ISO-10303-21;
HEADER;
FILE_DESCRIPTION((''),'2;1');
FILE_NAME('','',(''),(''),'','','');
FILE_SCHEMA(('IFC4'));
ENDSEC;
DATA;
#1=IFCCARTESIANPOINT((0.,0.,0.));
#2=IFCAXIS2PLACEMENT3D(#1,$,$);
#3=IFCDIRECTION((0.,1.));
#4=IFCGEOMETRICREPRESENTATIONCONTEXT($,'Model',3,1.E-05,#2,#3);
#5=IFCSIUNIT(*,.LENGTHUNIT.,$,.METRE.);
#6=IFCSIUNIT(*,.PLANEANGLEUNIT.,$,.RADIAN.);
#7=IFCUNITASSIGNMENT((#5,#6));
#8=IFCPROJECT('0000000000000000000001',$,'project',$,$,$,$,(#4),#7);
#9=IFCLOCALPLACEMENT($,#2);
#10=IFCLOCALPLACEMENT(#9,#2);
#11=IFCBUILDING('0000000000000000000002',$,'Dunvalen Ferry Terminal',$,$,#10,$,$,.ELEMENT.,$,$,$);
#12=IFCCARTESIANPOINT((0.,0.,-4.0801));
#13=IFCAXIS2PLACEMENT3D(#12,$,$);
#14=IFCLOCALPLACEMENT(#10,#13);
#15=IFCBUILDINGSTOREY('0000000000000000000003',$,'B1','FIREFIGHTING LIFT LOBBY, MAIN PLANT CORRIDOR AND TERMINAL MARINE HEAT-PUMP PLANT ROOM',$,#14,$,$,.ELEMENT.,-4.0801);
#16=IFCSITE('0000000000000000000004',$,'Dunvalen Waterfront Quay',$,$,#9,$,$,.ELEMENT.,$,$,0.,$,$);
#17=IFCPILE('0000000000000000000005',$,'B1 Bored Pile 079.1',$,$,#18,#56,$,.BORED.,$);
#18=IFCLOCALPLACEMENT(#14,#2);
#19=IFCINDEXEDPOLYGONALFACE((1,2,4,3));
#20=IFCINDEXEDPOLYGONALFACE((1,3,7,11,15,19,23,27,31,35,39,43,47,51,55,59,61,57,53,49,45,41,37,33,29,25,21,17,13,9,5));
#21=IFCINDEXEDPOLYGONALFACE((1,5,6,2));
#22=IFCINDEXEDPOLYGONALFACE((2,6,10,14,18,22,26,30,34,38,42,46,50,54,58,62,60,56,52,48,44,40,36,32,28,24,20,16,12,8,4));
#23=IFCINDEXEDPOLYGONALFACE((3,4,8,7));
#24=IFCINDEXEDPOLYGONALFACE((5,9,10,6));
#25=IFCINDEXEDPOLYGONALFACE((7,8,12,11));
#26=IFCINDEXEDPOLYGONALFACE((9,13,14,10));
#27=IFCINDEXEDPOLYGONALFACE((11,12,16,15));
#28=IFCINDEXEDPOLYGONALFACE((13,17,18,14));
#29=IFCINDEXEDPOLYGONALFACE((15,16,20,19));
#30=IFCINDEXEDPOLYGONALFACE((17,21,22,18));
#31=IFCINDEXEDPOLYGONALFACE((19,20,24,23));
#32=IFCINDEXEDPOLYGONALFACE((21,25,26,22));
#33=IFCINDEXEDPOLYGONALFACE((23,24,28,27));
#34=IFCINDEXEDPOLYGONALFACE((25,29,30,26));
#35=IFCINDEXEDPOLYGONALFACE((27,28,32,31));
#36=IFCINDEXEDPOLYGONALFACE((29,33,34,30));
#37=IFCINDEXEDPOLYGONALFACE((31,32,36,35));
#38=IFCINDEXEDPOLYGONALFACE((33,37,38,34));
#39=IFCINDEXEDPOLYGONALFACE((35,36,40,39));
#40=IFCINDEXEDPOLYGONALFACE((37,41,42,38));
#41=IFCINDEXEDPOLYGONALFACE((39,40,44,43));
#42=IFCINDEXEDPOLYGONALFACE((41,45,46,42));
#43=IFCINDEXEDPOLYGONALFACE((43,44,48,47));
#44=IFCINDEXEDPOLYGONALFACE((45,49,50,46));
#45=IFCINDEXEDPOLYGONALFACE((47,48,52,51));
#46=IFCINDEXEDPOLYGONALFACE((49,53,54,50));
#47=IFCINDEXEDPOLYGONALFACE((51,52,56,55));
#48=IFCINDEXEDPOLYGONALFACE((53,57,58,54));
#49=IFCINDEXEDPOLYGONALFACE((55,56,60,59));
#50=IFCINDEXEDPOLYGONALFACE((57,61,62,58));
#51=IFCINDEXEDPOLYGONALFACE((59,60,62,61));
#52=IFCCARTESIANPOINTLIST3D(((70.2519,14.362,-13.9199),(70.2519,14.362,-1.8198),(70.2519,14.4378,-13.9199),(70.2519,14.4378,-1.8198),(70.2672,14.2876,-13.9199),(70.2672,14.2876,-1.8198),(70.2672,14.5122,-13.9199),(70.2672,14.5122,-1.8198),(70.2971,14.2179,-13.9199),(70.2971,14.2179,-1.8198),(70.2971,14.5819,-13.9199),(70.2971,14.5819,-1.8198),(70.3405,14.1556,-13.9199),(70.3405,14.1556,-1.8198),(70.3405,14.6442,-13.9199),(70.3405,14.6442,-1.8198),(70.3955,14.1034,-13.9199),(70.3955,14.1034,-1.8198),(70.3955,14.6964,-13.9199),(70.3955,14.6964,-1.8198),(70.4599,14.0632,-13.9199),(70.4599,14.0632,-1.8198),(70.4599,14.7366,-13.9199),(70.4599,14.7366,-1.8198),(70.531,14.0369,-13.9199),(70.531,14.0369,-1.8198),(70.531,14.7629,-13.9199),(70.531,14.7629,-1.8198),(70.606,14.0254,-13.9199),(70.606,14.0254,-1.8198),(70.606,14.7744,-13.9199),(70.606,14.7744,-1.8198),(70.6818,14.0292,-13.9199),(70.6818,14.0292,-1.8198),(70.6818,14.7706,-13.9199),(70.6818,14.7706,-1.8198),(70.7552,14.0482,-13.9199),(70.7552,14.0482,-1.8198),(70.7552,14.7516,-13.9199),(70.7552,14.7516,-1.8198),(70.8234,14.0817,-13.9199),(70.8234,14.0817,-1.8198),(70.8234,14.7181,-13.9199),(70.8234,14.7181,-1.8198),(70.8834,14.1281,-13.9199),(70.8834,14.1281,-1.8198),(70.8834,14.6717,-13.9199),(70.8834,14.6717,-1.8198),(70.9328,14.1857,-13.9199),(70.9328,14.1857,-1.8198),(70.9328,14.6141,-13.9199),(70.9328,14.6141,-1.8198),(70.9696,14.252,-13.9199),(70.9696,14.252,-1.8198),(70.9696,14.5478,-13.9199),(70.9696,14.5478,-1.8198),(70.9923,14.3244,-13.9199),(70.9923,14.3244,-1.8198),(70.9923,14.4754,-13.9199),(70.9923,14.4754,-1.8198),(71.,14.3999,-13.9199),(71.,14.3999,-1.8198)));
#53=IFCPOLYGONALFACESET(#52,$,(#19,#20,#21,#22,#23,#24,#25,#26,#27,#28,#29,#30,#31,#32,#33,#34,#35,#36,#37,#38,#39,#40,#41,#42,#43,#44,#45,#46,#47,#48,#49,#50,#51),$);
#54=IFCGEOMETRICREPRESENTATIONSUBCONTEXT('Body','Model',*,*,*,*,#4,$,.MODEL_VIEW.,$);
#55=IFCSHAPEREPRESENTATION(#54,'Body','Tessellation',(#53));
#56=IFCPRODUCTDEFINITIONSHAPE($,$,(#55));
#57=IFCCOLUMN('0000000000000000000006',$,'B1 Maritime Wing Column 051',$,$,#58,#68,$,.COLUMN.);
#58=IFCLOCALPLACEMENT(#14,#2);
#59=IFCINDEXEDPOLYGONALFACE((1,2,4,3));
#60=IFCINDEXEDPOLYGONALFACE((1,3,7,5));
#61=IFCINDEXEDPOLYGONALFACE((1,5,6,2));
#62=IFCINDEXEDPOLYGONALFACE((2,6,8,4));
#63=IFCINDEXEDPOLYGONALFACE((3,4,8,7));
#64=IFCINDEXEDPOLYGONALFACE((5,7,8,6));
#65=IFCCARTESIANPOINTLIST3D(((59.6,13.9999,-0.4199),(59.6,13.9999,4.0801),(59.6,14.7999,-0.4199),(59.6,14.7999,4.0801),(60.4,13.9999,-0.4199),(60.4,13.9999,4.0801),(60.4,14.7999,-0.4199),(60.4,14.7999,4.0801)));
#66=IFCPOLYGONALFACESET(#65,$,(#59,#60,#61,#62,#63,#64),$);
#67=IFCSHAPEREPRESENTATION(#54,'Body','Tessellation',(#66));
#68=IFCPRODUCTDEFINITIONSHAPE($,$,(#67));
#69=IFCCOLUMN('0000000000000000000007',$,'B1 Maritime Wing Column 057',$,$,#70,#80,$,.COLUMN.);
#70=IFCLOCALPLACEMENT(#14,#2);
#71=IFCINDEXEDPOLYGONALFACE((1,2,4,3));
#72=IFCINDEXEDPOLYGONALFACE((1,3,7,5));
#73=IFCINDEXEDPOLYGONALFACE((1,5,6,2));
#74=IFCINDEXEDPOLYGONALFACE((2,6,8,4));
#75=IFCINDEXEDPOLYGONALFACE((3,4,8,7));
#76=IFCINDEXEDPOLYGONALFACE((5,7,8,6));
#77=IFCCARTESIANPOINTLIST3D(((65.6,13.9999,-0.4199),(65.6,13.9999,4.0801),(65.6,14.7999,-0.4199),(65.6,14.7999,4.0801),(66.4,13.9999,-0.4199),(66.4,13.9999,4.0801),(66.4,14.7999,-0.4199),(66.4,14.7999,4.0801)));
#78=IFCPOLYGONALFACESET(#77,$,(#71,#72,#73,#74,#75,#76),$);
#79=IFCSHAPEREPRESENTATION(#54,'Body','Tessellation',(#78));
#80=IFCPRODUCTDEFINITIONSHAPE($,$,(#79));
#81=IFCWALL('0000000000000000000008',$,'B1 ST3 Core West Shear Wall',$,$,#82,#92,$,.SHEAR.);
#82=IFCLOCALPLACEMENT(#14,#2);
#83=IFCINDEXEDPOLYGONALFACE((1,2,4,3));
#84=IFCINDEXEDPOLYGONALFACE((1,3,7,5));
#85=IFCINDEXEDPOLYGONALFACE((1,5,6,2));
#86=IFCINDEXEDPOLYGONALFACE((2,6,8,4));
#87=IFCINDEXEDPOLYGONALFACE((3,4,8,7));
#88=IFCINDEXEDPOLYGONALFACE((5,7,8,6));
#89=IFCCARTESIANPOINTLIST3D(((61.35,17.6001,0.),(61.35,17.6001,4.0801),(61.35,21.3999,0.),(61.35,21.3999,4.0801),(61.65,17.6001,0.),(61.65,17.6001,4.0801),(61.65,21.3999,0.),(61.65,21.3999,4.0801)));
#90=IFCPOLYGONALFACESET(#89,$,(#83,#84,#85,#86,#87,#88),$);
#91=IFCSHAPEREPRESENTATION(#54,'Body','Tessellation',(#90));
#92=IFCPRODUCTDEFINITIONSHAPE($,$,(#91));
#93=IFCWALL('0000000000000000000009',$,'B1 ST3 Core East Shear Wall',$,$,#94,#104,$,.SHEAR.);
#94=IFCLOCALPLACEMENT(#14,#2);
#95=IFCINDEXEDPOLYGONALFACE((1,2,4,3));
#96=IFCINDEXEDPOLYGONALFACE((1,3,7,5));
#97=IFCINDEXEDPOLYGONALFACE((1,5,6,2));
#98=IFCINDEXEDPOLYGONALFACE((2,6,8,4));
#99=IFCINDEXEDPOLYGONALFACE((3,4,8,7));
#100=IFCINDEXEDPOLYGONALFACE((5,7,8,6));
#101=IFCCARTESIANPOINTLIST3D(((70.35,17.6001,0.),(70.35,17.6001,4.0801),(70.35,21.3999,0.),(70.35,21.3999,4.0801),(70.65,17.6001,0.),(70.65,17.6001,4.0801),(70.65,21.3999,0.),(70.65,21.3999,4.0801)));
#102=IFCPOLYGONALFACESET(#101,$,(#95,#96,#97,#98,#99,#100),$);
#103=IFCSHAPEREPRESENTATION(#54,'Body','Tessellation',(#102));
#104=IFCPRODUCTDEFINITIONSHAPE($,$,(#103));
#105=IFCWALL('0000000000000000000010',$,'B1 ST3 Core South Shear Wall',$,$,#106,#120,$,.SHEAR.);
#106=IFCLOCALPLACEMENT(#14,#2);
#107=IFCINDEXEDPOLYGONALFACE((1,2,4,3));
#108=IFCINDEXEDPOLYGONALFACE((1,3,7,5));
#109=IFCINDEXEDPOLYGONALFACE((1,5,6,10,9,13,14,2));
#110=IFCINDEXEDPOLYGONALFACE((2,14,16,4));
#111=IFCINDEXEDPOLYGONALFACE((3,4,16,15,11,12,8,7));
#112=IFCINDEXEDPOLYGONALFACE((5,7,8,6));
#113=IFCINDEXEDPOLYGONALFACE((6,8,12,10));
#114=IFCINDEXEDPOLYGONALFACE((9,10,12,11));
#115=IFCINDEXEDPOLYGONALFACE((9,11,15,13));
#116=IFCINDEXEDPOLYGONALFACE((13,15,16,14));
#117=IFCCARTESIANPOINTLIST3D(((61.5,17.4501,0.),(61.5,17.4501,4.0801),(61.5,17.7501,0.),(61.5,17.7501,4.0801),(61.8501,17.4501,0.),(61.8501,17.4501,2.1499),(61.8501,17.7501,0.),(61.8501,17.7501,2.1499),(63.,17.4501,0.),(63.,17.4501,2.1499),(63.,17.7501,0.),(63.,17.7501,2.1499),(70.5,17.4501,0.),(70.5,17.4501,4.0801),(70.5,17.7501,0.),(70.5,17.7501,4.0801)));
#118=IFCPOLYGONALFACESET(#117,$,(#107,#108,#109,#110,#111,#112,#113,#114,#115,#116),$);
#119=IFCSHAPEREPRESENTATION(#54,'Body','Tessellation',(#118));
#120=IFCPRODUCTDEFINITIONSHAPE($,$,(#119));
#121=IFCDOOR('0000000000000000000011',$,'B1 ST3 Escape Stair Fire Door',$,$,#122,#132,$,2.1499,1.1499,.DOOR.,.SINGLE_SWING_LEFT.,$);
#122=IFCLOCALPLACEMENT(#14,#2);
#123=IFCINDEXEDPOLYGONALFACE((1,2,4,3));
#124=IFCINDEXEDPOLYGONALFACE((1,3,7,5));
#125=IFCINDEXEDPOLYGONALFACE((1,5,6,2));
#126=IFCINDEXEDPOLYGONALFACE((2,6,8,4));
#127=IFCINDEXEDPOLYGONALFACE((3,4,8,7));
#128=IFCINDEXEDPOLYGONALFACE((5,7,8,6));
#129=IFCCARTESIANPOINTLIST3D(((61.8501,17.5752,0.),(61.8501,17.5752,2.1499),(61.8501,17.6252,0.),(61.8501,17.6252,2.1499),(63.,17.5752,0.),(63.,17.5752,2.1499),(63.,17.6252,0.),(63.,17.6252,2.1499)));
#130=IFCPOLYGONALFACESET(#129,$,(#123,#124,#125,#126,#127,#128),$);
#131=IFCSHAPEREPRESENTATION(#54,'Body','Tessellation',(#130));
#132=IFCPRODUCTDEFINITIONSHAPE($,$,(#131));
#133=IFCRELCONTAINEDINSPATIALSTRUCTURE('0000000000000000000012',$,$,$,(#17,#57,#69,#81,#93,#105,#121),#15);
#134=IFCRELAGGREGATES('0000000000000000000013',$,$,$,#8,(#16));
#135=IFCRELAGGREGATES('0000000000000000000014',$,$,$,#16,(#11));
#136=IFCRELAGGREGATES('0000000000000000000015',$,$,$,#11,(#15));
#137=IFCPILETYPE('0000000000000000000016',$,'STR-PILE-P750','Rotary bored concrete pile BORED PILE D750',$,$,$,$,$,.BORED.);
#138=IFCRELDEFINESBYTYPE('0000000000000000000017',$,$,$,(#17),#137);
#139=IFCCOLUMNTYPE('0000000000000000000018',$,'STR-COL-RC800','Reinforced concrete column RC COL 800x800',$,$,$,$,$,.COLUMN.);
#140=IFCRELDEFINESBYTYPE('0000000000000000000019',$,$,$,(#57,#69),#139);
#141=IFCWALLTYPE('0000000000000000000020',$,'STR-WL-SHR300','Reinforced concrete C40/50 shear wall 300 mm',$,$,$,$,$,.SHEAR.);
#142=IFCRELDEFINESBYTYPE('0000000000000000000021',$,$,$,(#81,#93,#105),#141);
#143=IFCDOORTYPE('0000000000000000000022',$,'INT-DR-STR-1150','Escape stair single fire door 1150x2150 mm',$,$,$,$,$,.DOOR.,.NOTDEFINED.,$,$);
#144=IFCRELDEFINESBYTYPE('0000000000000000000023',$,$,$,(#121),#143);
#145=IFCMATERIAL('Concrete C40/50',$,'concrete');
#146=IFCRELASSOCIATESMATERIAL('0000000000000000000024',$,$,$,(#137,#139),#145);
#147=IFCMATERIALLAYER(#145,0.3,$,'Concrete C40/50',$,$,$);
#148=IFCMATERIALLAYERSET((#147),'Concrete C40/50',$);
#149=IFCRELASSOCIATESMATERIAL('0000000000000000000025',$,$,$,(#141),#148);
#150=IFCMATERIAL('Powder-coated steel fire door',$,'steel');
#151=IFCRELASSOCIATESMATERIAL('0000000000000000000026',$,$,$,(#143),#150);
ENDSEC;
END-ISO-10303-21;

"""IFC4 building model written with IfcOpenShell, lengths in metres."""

from ifc_helpers import new_model, si_unit, direction, frame, frame_2d, origin, origin_2d, place, context, subcontext, project, spatial, rectangle, circle, extrude, material, layer, layer_set, material_profile, profile_set, type_object, element, fill, save


model = new_model("IFC4")

# Units and contexts
model_context = context("Model", 3, precision=1e-05, world=origin(), true_north=direction((0.0, 1.0)))
body_context = subcontext(model_context, "Body", "Model", "MODEL_VIEW")
ifc_project = project(units=[si_unit("LENGTHUNIT", "METRE"), si_unit("PLANEANGLEUNIT", "RADIAN")], contexts=[model_context])

# Site, building, storey
site_placement = place(None, origin())
site = spatial("IfcSite", under=ifc_project, at=site_placement, Name="Dunvalen Waterfront Quay", CompositionType="ELEMENT", RefElevation=0.0)
building_placement = place(site_placement, origin())
building = spatial("IfcBuilding", under=site, at=building_placement, Name="Dunvalen Ferry Terminal", CompositionType="ELEMENT")
storey_placement = place(building_placement, frame((0.0, 0.0, -4.0801)))
storey = spatial("IfcBuildingStorey", under=building, at=storey_placement, Name="B1", Description="FIREFIGHTING LIFT LOBBY, MAIN PLANT CORRIDOR AND TERMINAL MARINE HEAT-PUMP PLANT ROOM", CompositionType="ELEMENT", Elevation=-4.0801)

# Shared definitions
ifc_material_1 = material(Name="Concrete C40/50", Category="concrete")

# Pile
ifc_material_profile_1 = material_profile(ifc_material_1, circle(Radius=0.375, at=origin_2d()), Name="Concrete C40/50")
ifc_profile_set_1 = profile_set([ifc_material_profile_1], Name="Concrete C40/50")
pile_type = type_object("IfcPileType", Name="STR-PILE-P750", Description="Rotary bored concrete pile BORED PILE D750", PredefinedType="BORED", material=ifc_profile_set_1)
pile_1_placement = place(storey_placement, frame((70.625, 14.3999, -1.8198), z_axis=(0.0, 0.0, -1.0), x_axis=(1.0, 0.0, 0.0)))
element("IfcPile", 1, at=pile_1_placement, inside=storey, type_object=pile_type, Name="B1 Bored Pile 079.1", PredefinedType="BORED", context=body_context, shape_type="SweptSolid", body=[
    extrude(circle(Radius=0.375, at=origin_2d()), origin(), (0.0, 0.0, 1.0), 12.1001),
])

# Columns
ifc_material_profile_2 = material_profile(ifc_material_1, rectangle(XDim=0.8, YDim=0.8, at=origin_2d()), Name="Concrete C40/50")
ifc_profile_set_2 = profile_set([ifc_material_profile_2], Name="Concrete C40/50")
column_type = type_object("IfcColumnType", Name="STR-COL-RC800", Description="Reinforced concrete column RC COL 800x800", PredefinedType="COLUMN", material=ifc_profile_set_2)
for number, where, z_axis, x_axis, name in (
    (2, (60.0, 14.3999, -0.4199), (0.0, 0.0, 1.0), (1.0, 0.0, 0.0), "B1 Maritime Wing Column 051"),
    (3, (66.0, 14.3999, -0.4199), (0.0, 0.0, 1.0), (1.0, 0.0, 0.0), "B1 Maritime Wing Column 057"),
):
    element("IfcColumn", number, at=place(storey_placement, frame(where, z_axis=z_axis, x_axis=x_axis)), inside=storey, type_object=column_type, Name=name, PredefinedType="COLUMN", context=body_context, shape_type="SweptSolid", body=[
        extrude(rectangle(XDim=0.8, YDim=0.8, at=origin_2d()), origin(), (0.0, 0.0, 1.0), 4.5),
    ])

# Walls
ifc_layer = layer(ifc_material_1, 0.3, Name="Concrete C40/50")
ifc_layer_set = layer_set([ifc_layer], Name="Concrete C40/50")
wall_type = type_object("IfcWallType", Name="STR-WL-SHR300", Description="Reinforced concrete C40/50 shear wall 300 mm", PredefinedType="SHEAR", material=ifc_layer_set)
for number, where, z_axis, x_axis, name in (
    (4, (61.5, 17.6001, 0.0), (0.0, 0.0, 1.0), (0.0, 1.0, 0.0), "B1 ST3 Core West Shear Wall"),
    (5, (70.5, 17.6001, 0.0), (0.0, 0.0, 1.0), (0.0, 1.0, 0.0), "B1 ST3 Core East Shear Wall"),
):
    element("IfcWall", number, at=place(storey_placement, frame(where, z_axis=z_axis, x_axis=x_axis)), inside=storey, type_object=wall_type, Name=name, PredefinedType="SHEAR", context=body_context, shape_type="SweptSolid", body=[
        extrude(rectangle(XDim=3.7998, YDim=0.3, at=frame_2d((1.8999, 0.0))), origin(), (0.0, 0.0, 1.0), 4.0801),
    ])

# Wall, opening, door
wall_placement = place(storey_placement, frame((61.5, 17.6001, 0.0), z_axis=(0.0, 0.0, 1.0), x_axis=(1.0, 0.0, 0.0)))
wall = element("IfcWall", 6, at=wall_placement, inside=storey, type_object=wall_type, Name="B1 ST3 Core South Shear Wall", PredefinedType="SHEAR", context=body_context, shape_type="SweptSolid", body=[
    extrude(rectangle(XDim=9.0, YDim=0.3, at=frame_2d((4.5, 0.0))), origin(), (0.0, 0.0, 1.0), 4.0801),
])
opening_placement = place(wall_placement, frame((0.3501, 0.0, 0.0)))
opening = element("IfcOpeningElement", 7, at=opening_placement, cuts=wall, PredefinedType="OPENING", context=body_context, shape_type="SweptSolid", body=[
    extrude(rectangle(XDim=1.1499, YDim=2.1499, at=frame_2d((0.575, 1.075))), frame((0.0, 0.1602, 0.0), z_axis=(0.0, -1.0, 0.0), x_axis=(1.0, 0.0, 0.0)), (0.0, 0.0, 1.0), 0.3201),
])
ifc_material_2 = material(Name="Powder-coated steel fire door", Category="steel")
door_type = type_object("IfcDoorType", Name="INT-DR-STR-1150", Description="Escape stair single fire door 1150x2150 mm", OperationType="NOTDEFINED", PredefinedType="DOOR", material=ifc_material_2)
door_placement = place(opening_placement, frame((1.1499, 0.0, 0.0), z_axis=(0.0, 0.0, 1.0), x_axis=(-1.0, 0.0, 0.0)))
door = element("IfcDoor", 8, at=door_placement, inside=storey, type_object=door_type, Name="B1 ST3 Escape Stair Fire Door", OperationType="SINGLE_SWING_LEFT", OverallHeight=2.1499, OverallWidth=1.1499, PredefinedType="DOOR", context=body_context, shape_type="SweptSolid", body=[
    extrude(rectangle(XDim=1.1499, YDim=2.1499, at=frame_2d((0.575, 1.075))), frame((0.0, 0.0249, 0.0), z_axis=(0.0, -1.0, 0.0), x_axis=(1.0, 0.0, 0.0)), (0.0, 0.0, 1.0), 0.05),
])
fill(opening, door)

save(model, "model.ifc")
